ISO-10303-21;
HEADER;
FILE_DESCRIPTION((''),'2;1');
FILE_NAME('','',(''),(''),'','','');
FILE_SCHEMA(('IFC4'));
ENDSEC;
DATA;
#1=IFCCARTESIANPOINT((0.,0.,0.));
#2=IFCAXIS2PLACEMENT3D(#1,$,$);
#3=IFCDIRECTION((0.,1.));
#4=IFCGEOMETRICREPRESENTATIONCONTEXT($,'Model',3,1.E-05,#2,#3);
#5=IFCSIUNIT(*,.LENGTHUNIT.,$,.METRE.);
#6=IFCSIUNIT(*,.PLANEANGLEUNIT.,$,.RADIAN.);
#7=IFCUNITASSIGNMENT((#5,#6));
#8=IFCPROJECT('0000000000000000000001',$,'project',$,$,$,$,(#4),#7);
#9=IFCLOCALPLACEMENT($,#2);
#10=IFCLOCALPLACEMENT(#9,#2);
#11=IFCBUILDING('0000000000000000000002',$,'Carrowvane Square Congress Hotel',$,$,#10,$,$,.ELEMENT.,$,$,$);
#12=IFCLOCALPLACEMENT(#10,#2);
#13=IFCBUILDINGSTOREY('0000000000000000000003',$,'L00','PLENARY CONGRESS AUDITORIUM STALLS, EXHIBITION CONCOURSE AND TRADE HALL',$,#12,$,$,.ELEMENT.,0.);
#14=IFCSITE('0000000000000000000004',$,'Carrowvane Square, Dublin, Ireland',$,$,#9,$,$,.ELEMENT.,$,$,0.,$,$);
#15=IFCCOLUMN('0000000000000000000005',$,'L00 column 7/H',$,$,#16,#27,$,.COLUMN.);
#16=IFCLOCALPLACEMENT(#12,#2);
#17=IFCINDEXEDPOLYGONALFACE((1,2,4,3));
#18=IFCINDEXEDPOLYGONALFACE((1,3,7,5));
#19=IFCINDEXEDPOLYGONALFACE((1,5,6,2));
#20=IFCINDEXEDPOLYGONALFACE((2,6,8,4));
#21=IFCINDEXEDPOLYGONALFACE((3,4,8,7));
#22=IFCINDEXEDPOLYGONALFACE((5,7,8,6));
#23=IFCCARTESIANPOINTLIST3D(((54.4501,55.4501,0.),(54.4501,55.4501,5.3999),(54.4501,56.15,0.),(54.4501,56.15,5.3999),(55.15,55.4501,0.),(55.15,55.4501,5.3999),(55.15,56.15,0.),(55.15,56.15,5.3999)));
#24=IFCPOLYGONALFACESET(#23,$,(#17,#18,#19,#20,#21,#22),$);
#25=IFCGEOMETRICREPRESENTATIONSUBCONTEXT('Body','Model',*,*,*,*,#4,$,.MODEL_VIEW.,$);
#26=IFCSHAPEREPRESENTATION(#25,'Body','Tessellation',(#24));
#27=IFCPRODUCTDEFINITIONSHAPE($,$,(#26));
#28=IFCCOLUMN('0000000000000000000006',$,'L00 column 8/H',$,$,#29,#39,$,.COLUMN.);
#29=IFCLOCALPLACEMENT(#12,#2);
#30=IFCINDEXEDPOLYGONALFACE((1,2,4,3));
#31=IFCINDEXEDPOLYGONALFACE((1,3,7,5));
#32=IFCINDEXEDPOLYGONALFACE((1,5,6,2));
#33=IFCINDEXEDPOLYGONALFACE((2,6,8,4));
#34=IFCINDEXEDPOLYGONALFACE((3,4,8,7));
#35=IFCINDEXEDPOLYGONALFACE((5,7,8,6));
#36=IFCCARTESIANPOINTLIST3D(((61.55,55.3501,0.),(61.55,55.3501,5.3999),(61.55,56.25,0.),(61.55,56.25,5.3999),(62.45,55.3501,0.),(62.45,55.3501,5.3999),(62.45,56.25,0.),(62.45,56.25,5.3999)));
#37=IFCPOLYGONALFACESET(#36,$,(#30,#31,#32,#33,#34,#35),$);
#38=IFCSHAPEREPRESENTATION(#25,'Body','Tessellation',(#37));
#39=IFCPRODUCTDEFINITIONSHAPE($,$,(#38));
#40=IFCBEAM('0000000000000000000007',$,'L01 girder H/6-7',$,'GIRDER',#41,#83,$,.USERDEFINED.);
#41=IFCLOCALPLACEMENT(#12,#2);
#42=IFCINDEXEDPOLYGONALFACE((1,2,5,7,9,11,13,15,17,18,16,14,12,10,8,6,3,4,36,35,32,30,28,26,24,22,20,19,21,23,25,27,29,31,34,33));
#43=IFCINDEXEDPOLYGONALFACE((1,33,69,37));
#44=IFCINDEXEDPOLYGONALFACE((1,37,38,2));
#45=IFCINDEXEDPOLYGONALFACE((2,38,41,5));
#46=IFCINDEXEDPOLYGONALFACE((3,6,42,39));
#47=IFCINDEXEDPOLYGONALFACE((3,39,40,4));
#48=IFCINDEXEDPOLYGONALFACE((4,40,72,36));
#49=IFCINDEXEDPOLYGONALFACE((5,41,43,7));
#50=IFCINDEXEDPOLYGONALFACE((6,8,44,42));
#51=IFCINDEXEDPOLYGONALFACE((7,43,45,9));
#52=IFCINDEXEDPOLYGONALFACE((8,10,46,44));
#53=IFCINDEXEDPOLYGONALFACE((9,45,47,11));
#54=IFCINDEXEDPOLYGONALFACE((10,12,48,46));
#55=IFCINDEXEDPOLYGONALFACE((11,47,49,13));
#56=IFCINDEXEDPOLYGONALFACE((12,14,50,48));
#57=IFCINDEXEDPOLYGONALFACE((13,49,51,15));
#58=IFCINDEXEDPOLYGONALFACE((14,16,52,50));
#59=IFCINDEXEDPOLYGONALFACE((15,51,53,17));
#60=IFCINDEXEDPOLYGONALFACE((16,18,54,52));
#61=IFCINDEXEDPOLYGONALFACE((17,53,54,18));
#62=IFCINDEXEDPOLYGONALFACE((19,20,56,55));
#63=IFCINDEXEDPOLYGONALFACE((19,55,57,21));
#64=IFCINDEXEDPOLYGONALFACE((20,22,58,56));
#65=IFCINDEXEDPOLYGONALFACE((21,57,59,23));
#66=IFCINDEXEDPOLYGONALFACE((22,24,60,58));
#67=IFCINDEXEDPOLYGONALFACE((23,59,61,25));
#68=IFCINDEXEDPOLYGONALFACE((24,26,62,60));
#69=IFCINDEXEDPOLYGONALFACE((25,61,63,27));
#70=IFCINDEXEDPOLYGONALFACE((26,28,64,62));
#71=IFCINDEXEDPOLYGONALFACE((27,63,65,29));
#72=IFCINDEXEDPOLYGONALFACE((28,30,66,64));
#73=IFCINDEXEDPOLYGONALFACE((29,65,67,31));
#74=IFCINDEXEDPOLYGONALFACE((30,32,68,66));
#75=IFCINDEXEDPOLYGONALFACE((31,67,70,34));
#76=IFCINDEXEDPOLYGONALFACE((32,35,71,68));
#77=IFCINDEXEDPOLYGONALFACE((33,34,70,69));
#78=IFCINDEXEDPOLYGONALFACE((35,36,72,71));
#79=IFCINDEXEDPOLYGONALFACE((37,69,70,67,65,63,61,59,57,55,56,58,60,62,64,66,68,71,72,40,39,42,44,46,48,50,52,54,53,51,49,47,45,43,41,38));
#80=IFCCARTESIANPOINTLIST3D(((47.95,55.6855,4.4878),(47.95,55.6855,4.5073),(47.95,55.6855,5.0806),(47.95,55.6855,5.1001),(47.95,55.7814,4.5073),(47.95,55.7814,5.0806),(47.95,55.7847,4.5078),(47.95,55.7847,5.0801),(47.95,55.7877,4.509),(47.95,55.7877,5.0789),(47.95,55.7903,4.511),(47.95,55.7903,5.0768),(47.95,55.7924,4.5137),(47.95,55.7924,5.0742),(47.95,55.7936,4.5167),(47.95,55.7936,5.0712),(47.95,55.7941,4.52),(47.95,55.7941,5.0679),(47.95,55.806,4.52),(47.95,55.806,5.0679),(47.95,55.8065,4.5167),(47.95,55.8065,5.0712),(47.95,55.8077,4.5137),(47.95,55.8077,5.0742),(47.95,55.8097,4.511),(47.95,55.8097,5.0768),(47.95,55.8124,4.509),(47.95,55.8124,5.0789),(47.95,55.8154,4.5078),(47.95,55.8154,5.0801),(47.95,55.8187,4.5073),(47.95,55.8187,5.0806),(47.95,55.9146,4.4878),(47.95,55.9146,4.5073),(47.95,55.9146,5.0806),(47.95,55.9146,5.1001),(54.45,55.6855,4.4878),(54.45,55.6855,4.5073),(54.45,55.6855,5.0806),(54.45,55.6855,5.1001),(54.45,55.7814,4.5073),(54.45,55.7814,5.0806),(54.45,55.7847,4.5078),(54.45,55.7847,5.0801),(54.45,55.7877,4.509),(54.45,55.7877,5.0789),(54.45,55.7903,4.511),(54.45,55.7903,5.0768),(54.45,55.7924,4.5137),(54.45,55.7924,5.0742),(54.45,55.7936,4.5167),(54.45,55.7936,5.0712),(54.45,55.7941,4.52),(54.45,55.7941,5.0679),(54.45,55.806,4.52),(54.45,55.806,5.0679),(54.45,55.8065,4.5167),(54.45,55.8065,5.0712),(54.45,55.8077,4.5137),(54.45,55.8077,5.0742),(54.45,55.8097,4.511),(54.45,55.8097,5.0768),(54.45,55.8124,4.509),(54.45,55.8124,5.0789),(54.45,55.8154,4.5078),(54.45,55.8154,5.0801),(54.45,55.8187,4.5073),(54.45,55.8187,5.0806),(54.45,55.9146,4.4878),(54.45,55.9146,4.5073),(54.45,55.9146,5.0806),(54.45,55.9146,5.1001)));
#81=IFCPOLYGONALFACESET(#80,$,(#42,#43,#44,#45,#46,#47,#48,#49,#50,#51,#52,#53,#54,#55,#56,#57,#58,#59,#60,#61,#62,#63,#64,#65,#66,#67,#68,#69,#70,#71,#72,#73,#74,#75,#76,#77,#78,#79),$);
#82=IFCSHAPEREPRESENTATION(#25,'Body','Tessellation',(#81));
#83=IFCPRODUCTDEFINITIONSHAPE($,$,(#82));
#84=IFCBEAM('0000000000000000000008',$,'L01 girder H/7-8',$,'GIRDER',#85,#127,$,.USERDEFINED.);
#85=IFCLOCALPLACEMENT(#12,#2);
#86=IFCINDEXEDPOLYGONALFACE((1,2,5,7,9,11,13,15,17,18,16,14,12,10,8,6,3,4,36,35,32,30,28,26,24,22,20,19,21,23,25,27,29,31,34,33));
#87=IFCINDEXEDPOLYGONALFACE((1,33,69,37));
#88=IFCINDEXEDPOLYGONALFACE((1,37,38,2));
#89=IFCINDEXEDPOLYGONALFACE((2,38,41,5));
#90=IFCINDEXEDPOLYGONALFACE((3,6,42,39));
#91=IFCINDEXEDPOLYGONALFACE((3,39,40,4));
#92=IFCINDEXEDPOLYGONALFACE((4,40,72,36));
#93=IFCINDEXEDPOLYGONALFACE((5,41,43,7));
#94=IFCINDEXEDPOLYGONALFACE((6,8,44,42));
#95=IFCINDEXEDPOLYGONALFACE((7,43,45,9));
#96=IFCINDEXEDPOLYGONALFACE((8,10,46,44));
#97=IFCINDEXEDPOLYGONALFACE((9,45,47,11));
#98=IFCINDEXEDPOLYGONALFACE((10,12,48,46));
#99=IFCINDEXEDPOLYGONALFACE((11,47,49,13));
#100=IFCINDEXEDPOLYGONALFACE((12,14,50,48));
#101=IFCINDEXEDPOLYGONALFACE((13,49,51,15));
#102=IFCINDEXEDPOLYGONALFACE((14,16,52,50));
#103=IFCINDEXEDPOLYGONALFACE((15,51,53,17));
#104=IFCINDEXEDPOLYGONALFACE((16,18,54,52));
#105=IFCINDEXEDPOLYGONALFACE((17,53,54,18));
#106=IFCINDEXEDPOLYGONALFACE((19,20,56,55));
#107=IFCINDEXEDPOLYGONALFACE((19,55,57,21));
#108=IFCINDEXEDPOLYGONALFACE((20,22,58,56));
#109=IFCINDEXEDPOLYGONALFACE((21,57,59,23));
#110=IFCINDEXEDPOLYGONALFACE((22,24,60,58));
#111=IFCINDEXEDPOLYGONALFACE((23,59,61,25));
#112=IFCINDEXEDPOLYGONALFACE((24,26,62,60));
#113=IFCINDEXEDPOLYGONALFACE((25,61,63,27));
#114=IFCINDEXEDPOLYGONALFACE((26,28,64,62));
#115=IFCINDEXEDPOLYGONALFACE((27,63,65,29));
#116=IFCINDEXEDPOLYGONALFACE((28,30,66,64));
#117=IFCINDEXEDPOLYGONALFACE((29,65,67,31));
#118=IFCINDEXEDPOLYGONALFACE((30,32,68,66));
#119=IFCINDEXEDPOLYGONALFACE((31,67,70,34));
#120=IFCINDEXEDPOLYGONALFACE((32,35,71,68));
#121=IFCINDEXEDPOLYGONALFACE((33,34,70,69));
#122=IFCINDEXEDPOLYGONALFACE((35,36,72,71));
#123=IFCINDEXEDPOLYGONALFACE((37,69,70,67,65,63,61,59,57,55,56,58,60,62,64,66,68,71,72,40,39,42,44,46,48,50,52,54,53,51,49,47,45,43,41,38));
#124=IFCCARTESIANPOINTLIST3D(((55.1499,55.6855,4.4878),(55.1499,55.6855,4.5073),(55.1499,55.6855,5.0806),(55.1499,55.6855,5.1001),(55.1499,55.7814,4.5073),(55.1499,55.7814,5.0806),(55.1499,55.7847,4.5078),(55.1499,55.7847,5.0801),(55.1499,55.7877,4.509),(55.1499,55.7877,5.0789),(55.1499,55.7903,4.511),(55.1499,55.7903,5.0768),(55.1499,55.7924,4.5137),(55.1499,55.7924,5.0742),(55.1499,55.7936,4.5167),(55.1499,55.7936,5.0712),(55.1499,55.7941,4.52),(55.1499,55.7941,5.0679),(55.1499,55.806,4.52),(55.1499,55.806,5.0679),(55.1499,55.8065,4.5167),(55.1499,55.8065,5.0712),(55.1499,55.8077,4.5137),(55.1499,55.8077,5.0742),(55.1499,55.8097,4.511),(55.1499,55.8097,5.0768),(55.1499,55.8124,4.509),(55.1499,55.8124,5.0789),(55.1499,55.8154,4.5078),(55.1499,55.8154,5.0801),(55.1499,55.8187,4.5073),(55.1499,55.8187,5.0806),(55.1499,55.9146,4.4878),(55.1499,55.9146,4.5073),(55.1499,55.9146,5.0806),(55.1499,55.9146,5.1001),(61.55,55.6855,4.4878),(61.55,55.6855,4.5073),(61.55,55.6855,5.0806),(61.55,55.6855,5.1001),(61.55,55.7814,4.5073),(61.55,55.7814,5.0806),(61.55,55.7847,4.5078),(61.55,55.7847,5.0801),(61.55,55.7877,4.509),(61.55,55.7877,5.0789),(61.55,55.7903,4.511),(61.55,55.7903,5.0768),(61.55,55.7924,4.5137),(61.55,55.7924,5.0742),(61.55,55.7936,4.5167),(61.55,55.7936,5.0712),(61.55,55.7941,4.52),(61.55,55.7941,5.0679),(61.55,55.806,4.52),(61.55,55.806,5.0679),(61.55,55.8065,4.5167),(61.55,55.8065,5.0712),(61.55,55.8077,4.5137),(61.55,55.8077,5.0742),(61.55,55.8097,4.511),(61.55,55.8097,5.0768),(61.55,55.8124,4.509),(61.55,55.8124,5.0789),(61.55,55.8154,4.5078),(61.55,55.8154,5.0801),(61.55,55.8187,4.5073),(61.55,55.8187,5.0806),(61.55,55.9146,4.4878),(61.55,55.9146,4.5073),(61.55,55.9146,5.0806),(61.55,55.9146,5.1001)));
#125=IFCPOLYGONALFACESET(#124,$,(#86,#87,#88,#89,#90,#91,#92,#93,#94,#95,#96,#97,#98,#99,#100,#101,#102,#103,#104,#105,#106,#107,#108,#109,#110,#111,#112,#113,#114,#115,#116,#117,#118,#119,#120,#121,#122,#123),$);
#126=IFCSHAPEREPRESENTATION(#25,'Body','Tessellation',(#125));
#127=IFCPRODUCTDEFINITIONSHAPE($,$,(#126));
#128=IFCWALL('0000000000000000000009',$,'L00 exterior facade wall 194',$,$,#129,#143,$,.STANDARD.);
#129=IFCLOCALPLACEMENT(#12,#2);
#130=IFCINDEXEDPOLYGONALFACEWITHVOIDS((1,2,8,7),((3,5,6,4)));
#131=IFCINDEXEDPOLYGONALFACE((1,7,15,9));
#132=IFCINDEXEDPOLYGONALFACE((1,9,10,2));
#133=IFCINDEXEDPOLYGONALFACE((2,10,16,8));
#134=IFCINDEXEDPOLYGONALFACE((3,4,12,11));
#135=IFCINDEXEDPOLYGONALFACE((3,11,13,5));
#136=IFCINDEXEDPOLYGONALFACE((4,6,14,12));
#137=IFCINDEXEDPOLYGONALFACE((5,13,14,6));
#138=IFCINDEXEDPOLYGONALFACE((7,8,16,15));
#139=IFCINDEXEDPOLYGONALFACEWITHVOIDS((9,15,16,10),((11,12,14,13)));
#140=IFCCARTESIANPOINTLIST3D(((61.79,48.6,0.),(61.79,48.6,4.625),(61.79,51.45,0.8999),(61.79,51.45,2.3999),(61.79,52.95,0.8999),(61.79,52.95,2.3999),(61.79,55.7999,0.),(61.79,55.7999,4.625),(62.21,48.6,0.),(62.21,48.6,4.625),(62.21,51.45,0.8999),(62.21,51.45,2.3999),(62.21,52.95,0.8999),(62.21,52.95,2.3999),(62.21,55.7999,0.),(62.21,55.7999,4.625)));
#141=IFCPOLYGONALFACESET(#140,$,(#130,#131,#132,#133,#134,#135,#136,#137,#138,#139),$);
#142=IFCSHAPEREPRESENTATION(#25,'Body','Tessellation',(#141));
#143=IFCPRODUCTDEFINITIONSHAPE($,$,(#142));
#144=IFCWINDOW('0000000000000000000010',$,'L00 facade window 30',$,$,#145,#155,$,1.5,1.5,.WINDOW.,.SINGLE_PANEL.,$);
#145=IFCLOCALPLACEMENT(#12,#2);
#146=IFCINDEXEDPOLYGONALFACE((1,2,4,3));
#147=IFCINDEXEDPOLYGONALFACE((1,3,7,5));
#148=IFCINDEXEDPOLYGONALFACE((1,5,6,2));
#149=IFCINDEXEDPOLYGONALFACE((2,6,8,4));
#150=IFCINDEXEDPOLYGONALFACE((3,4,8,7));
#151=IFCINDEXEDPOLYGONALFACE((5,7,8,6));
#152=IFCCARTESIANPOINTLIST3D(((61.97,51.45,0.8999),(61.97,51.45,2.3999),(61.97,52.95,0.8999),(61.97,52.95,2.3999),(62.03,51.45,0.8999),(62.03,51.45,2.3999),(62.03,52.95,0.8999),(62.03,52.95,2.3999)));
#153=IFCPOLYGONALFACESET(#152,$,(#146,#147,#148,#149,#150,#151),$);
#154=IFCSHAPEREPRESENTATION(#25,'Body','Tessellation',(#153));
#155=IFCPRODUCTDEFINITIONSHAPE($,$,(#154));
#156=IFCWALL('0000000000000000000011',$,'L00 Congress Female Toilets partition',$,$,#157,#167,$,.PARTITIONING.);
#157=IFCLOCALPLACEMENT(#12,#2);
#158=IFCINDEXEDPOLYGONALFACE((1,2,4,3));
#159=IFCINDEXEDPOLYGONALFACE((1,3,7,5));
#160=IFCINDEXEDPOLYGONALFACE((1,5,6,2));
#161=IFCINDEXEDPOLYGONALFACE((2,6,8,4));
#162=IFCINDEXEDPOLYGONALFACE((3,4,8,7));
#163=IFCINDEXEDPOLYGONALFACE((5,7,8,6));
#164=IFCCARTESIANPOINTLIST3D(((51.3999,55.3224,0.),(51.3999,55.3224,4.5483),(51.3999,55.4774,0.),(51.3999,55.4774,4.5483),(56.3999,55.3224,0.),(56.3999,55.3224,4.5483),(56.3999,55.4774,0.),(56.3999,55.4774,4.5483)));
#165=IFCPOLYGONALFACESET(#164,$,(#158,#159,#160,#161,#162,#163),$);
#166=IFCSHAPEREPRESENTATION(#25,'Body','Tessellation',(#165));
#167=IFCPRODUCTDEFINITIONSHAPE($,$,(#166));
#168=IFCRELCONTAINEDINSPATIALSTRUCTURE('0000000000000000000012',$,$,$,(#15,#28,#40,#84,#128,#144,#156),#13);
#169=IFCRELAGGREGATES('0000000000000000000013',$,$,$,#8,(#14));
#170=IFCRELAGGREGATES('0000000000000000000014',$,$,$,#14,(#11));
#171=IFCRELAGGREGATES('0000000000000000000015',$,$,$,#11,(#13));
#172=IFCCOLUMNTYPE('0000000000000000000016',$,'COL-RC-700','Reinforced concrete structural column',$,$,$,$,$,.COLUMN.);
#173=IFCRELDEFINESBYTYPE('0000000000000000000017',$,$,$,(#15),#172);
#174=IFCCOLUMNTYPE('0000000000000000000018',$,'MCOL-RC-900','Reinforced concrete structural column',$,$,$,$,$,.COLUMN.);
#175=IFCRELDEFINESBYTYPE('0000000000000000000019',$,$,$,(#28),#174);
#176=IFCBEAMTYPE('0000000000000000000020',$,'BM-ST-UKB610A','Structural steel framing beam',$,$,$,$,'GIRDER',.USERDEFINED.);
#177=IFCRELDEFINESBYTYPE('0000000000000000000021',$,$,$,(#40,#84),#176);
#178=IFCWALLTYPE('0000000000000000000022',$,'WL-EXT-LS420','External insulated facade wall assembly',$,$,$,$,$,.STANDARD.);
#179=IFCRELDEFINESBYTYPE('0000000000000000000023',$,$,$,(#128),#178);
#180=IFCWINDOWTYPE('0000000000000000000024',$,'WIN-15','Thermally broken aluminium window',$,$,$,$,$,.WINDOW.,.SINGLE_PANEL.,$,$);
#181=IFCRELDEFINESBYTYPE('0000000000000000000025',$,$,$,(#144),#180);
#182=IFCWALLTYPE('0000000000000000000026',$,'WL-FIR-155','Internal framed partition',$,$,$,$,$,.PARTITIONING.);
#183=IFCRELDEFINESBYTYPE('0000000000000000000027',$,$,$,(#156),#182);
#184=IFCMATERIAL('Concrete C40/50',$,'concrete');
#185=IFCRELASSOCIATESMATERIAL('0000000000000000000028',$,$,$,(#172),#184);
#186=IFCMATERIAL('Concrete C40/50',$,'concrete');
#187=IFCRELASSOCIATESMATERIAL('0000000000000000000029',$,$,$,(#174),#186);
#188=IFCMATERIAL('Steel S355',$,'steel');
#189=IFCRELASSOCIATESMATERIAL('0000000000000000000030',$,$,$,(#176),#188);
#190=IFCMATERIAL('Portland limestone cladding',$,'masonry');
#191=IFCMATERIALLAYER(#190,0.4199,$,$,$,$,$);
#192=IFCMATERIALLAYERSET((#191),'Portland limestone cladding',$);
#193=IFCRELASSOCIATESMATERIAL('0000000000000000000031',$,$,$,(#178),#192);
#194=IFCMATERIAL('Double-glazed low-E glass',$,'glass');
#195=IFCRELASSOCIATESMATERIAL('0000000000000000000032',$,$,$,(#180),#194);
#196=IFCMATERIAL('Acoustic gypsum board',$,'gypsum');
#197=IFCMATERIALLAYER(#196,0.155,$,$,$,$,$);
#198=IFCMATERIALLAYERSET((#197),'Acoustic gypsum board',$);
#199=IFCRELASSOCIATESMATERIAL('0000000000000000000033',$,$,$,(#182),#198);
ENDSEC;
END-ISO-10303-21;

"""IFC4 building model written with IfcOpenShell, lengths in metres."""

from ifc_helpers import new_model, si_unit, direction, frame, frame_2d, origin, origin_2d, place, context, subcontext, project, spatial, rectangle, i_section, extrude, material, layer, layer_set, material_profile, profile_set, type_object, element, fill, save


model = new_model("IFC4")

# Units and contexts
model_context = context("Model", 3, precision=1e-05, world=origin(), true_north=direction((0.0, 1.0)))
body_context = subcontext(model_context, "Body", "Model", "MODEL_VIEW")
ifc_project = project(units=[si_unit("LENGTHUNIT", "METRE"), si_unit("PLANEANGLEUNIT", "RADIAN")], contexts=[model_context])

# Site, building, storey
site_placement = place(None, origin())
site = spatial("IfcSite", under=ifc_project, at=site_placement, Name="Carrowvane Square, Dublin, Ireland", CompositionType="ELEMENT", RefElevation=0.0)
building_placement = place(site_placement, origin())
building = spatial("IfcBuilding", under=site, at=building_placement, Name="Carrowvane Square Congress Hotel", CompositionType="ELEMENT")
storey_placement = place(building_placement, origin())
storey = spatial("IfcBuildingStorey", under=building, at=storey_placement, Name="L00", Description="PLENARY CONGRESS AUDITORIUM STALLS, EXHIBITION CONCOURSE AND TRADE HALL", CompositionType="ELEMENT", Elevation=0.0)

# Columns
ifc_material_1 = material(Name="Concrete C40/50", Category="concrete")
ifc_material_profile_1 = material_profile(ifc_material_1, rectangle(XDim=0.7, YDim=0.7, at=origin_2d()), Name="RC 700x700")
ifc_profile_set_1 = profile_set([ifc_material_profile_1], Name="Concrete C40/50")
column_type_1 = type_object("IfcColumnType", Name="COL-RC-700", Description="Reinforced concrete structural column", PredefinedType="COLUMN", material=ifc_profile_set_1)
column_1_placement = place(storey_placement, frame((54.8, 55.8, 0.0), z_axis=(0.0, 0.0, 1.0), x_axis=(1.0, 0.0, 0.0)))
element("IfcColumn", 1, at=column_1_placement, inside=storey, type_object=column_type_1, Name="L00 column 7/H", PredefinedType="COLUMN", context=body_context, shape_type="SweptSolid", body=[
    extrude(rectangle(XDim=0.7, YDim=0.7, at=origin_2d()), origin(), (0.0, 0.0, 1.0), 5.3999),
])
ifc_material_2 = material(Name="Concrete C40/50", Category="concrete")
ifc_material_profile_2 = material_profile(ifc_material_2, rectangle(XDim=0.8999, YDim=0.8999, at=origin_2d()), Name="RC 900x900")
ifc_profile_set_2 = profile_set([ifc_material_profile_2], Name="Concrete C40/50")
column_type_2 = type_object("IfcColumnType", Name="MCOL-RC-900", Description="Reinforced concrete structural column", PredefinedType="COLUMN", material=ifc_profile_set_2)
column_2_placement = place(storey_placement, frame((62.0, 55.8, 0.0), z_axis=(0.0, 0.0, 1.0), x_axis=(1.0, 0.0, 0.0)))
element("IfcColumn", 2, at=column_2_placement, inside=storey, type_object=column_type_2, Name="L00 column 8/H", PredefinedType="COLUMN", context=body_context, shape_type="SweptSolid", body=[
    extrude(rectangle(XDim=0.8999, YDim=0.8999, at=origin_2d()), origin(), (0.0, 0.0, 1.0), 5.3999),
])

# Beams
ifc_material_3 = material(Name="Steel S355", Category="steel")
ifc_material_profile_3 = material_profile(ifc_material_3, i_section(OverallWidth=0.229, OverallDepth=0.6123, WebThickness=0.012, FlangeThickness=0.0195, FilletRadius=0.0127, at=origin_2d()), Name="UKB 610x229x125")
ifc_profile_set_3 = profile_set([ifc_material_profile_3], Name="Steel S355")
beam_type = type_object("IfcBeamType", Name="BM-ST-UKB610A", Description="Structural steel framing beam", ElementType="GIRDER", PredefinedType="USERDEFINED", material=ifc_profile_set_3)
beam_1_placement = place(storey_placement, frame((47.95, 55.8, 4.7939), z_axis=(1.0, 0.0, 0.0), x_axis=(0.0, 1.0, 0.0)))
element("IfcBeam", 3, at=beam_1_placement, inside=storey, type_object=beam_type, Name="L01 girder H/6-7", ObjectType="GIRDER", PredefinedType="USERDEFINED", context=body_context, shape_type="SweptSolid", body=[
    extrude(i_section(OverallWidth=0.229, OverallDepth=0.6123, WebThickness=0.012, FlangeThickness=0.0195, FilletRadius=0.0127, at=origin_2d()), origin(), (0.0, 0.0, 1.0), 6.5),
])
beam_2_placement = place(storey_placement, frame((55.1499, 55.8, 4.7939), z_axis=(1.0, 0.0, 0.0), x_axis=(0.0, 1.0, 0.0)))
element("IfcBeam", 4, at=beam_2_placement, inside=storey, type_object=beam_type, Name="L01 girder H/7-8", ObjectType="GIRDER", PredefinedType="USERDEFINED", context=body_context, shape_type="SweptSolid", body=[
    extrude(i_section(OverallWidth=0.229, OverallDepth=0.6123, WebThickness=0.012, FlangeThickness=0.0195, FilletRadius=0.0127, at=origin_2d()), origin(), (0.0, 0.0, 1.0), 6.4001),
])

# Wall, opening, window
ifc_material_4 = material(Name="Portland limestone cladding", Category="masonry")
ifc_layer_1 = layer(ifc_material_4, 0.4199)
ifc_layer_set_1 = layer_set([ifc_layer_1], Name="Portland limestone cladding")
wall_type_1 = type_object("IfcWallType", Name="WL-EXT-LS420", Description="External insulated facade wall assembly", PredefinedType="STANDARD", material=ifc_layer_set_1)
wall_1_placement = place(storey_placement, frame((62.0, 55.8, 0.0), z_axis=(0.0, 0.0, 1.0), x_axis=(0.0, -1.0, 0.0)))
wall_1 = element("IfcWall", 5, at=wall_1_placement, inside=storey, type_object=wall_type_1, Name="L00 exterior facade wall 194", PredefinedType="STANDARD", context=body_context, shape_type="SweptSolid", body=[
    extrude(rectangle(XDim=7.2, YDim=0.4199, at=frame_2d((3.6001, 0.0))), origin(), (0.0, 0.0, 1.0), 4.625),
])
opening_1_placement = place(wall_1_placement, frame((2.8501, 0.0, 0.8999)))
opening_1 = element("IfcOpeningElement", 6, at=opening_1_placement, cuts=wall_1, PredefinedType="OPENING", context=body_context, shape_type="SweptSolid", body=[
    extrude(rectangle(XDim=1.5, YDim=1.5, at=frame_2d((0.75, 0.75))), frame((0.0, 0.22, 0.0), z_axis=(0.0, -1.0, 0.0), x_axis=(1.0, 0.0, 0.0)), (0.0, 0.0, 1.0), 0.4399),
])
ifc_material_5 = material(Name="Double-glazed low-E glass", Category="glass")
window_type = type_object("IfcWindowType", Name="WIN-15", Description="Thermally broken aluminium window", PartitioningType="SINGLE_PANEL", PredefinedType="WINDOW", material=ifc_material_5)
window_placement = place(opening_1_placement, origin())
window = element("IfcWindow", 7, at=window_placement, inside=storey, type_object=window_type, Name="L00 facade window 30", OverallHeight=1.5, OverallWidth=1.5, PartitioningType="SINGLE_PANEL", PredefinedType="WINDOW", context=body_context, shape_type="SweptSolid", body=[
    extrude(rectangle(XDim=1.5, YDim=1.5, at=frame_2d((0.75, 0.75))), frame((0.0, 0.03, 0.0), z_axis=(0.0, -1.0, 0.0), x_axis=(1.0, 0.0, 0.0)), (0.0, 0.0, 1.0), 0.0601),
])
fill(opening_1, window)

# Wall
ifc_material_6 = material(Name="Acoustic gypsum board", Category="gypsum")
ifc_layer_2 = layer(ifc_material_6, 0.155)
ifc_layer_set_2 = layer_set([ifc_layer_2], Name="Acoustic gypsum board")
wall_type_2 = type_object("IfcWallType", Name="WL-FIR-155", Description="Internal framed partition", PredefinedType="PARTITIONING", material=ifc_layer_set_2)
wall_2_placement = place(storey_placement, frame((51.3999, 55.3999, 0.0), z_axis=(0.0, 0.0, 1.0), x_axis=(1.0, 0.0, 0.0)))
element("IfcWall", 8, at=wall_2_placement, inside=storey, type_object=wall_type_2, Name="L00 Congress Female Toilets partition", PredefinedType="PARTITIONING", context=body_context, shape_type="SweptSolid", body=[
    extrude(rectangle(XDim=5.0, YDim=0.155, at=frame_2d((2.5, 0.0))), origin(), (0.0, 0.0, 1.0), 4.5483),
])

save(model, "model.ifc")
